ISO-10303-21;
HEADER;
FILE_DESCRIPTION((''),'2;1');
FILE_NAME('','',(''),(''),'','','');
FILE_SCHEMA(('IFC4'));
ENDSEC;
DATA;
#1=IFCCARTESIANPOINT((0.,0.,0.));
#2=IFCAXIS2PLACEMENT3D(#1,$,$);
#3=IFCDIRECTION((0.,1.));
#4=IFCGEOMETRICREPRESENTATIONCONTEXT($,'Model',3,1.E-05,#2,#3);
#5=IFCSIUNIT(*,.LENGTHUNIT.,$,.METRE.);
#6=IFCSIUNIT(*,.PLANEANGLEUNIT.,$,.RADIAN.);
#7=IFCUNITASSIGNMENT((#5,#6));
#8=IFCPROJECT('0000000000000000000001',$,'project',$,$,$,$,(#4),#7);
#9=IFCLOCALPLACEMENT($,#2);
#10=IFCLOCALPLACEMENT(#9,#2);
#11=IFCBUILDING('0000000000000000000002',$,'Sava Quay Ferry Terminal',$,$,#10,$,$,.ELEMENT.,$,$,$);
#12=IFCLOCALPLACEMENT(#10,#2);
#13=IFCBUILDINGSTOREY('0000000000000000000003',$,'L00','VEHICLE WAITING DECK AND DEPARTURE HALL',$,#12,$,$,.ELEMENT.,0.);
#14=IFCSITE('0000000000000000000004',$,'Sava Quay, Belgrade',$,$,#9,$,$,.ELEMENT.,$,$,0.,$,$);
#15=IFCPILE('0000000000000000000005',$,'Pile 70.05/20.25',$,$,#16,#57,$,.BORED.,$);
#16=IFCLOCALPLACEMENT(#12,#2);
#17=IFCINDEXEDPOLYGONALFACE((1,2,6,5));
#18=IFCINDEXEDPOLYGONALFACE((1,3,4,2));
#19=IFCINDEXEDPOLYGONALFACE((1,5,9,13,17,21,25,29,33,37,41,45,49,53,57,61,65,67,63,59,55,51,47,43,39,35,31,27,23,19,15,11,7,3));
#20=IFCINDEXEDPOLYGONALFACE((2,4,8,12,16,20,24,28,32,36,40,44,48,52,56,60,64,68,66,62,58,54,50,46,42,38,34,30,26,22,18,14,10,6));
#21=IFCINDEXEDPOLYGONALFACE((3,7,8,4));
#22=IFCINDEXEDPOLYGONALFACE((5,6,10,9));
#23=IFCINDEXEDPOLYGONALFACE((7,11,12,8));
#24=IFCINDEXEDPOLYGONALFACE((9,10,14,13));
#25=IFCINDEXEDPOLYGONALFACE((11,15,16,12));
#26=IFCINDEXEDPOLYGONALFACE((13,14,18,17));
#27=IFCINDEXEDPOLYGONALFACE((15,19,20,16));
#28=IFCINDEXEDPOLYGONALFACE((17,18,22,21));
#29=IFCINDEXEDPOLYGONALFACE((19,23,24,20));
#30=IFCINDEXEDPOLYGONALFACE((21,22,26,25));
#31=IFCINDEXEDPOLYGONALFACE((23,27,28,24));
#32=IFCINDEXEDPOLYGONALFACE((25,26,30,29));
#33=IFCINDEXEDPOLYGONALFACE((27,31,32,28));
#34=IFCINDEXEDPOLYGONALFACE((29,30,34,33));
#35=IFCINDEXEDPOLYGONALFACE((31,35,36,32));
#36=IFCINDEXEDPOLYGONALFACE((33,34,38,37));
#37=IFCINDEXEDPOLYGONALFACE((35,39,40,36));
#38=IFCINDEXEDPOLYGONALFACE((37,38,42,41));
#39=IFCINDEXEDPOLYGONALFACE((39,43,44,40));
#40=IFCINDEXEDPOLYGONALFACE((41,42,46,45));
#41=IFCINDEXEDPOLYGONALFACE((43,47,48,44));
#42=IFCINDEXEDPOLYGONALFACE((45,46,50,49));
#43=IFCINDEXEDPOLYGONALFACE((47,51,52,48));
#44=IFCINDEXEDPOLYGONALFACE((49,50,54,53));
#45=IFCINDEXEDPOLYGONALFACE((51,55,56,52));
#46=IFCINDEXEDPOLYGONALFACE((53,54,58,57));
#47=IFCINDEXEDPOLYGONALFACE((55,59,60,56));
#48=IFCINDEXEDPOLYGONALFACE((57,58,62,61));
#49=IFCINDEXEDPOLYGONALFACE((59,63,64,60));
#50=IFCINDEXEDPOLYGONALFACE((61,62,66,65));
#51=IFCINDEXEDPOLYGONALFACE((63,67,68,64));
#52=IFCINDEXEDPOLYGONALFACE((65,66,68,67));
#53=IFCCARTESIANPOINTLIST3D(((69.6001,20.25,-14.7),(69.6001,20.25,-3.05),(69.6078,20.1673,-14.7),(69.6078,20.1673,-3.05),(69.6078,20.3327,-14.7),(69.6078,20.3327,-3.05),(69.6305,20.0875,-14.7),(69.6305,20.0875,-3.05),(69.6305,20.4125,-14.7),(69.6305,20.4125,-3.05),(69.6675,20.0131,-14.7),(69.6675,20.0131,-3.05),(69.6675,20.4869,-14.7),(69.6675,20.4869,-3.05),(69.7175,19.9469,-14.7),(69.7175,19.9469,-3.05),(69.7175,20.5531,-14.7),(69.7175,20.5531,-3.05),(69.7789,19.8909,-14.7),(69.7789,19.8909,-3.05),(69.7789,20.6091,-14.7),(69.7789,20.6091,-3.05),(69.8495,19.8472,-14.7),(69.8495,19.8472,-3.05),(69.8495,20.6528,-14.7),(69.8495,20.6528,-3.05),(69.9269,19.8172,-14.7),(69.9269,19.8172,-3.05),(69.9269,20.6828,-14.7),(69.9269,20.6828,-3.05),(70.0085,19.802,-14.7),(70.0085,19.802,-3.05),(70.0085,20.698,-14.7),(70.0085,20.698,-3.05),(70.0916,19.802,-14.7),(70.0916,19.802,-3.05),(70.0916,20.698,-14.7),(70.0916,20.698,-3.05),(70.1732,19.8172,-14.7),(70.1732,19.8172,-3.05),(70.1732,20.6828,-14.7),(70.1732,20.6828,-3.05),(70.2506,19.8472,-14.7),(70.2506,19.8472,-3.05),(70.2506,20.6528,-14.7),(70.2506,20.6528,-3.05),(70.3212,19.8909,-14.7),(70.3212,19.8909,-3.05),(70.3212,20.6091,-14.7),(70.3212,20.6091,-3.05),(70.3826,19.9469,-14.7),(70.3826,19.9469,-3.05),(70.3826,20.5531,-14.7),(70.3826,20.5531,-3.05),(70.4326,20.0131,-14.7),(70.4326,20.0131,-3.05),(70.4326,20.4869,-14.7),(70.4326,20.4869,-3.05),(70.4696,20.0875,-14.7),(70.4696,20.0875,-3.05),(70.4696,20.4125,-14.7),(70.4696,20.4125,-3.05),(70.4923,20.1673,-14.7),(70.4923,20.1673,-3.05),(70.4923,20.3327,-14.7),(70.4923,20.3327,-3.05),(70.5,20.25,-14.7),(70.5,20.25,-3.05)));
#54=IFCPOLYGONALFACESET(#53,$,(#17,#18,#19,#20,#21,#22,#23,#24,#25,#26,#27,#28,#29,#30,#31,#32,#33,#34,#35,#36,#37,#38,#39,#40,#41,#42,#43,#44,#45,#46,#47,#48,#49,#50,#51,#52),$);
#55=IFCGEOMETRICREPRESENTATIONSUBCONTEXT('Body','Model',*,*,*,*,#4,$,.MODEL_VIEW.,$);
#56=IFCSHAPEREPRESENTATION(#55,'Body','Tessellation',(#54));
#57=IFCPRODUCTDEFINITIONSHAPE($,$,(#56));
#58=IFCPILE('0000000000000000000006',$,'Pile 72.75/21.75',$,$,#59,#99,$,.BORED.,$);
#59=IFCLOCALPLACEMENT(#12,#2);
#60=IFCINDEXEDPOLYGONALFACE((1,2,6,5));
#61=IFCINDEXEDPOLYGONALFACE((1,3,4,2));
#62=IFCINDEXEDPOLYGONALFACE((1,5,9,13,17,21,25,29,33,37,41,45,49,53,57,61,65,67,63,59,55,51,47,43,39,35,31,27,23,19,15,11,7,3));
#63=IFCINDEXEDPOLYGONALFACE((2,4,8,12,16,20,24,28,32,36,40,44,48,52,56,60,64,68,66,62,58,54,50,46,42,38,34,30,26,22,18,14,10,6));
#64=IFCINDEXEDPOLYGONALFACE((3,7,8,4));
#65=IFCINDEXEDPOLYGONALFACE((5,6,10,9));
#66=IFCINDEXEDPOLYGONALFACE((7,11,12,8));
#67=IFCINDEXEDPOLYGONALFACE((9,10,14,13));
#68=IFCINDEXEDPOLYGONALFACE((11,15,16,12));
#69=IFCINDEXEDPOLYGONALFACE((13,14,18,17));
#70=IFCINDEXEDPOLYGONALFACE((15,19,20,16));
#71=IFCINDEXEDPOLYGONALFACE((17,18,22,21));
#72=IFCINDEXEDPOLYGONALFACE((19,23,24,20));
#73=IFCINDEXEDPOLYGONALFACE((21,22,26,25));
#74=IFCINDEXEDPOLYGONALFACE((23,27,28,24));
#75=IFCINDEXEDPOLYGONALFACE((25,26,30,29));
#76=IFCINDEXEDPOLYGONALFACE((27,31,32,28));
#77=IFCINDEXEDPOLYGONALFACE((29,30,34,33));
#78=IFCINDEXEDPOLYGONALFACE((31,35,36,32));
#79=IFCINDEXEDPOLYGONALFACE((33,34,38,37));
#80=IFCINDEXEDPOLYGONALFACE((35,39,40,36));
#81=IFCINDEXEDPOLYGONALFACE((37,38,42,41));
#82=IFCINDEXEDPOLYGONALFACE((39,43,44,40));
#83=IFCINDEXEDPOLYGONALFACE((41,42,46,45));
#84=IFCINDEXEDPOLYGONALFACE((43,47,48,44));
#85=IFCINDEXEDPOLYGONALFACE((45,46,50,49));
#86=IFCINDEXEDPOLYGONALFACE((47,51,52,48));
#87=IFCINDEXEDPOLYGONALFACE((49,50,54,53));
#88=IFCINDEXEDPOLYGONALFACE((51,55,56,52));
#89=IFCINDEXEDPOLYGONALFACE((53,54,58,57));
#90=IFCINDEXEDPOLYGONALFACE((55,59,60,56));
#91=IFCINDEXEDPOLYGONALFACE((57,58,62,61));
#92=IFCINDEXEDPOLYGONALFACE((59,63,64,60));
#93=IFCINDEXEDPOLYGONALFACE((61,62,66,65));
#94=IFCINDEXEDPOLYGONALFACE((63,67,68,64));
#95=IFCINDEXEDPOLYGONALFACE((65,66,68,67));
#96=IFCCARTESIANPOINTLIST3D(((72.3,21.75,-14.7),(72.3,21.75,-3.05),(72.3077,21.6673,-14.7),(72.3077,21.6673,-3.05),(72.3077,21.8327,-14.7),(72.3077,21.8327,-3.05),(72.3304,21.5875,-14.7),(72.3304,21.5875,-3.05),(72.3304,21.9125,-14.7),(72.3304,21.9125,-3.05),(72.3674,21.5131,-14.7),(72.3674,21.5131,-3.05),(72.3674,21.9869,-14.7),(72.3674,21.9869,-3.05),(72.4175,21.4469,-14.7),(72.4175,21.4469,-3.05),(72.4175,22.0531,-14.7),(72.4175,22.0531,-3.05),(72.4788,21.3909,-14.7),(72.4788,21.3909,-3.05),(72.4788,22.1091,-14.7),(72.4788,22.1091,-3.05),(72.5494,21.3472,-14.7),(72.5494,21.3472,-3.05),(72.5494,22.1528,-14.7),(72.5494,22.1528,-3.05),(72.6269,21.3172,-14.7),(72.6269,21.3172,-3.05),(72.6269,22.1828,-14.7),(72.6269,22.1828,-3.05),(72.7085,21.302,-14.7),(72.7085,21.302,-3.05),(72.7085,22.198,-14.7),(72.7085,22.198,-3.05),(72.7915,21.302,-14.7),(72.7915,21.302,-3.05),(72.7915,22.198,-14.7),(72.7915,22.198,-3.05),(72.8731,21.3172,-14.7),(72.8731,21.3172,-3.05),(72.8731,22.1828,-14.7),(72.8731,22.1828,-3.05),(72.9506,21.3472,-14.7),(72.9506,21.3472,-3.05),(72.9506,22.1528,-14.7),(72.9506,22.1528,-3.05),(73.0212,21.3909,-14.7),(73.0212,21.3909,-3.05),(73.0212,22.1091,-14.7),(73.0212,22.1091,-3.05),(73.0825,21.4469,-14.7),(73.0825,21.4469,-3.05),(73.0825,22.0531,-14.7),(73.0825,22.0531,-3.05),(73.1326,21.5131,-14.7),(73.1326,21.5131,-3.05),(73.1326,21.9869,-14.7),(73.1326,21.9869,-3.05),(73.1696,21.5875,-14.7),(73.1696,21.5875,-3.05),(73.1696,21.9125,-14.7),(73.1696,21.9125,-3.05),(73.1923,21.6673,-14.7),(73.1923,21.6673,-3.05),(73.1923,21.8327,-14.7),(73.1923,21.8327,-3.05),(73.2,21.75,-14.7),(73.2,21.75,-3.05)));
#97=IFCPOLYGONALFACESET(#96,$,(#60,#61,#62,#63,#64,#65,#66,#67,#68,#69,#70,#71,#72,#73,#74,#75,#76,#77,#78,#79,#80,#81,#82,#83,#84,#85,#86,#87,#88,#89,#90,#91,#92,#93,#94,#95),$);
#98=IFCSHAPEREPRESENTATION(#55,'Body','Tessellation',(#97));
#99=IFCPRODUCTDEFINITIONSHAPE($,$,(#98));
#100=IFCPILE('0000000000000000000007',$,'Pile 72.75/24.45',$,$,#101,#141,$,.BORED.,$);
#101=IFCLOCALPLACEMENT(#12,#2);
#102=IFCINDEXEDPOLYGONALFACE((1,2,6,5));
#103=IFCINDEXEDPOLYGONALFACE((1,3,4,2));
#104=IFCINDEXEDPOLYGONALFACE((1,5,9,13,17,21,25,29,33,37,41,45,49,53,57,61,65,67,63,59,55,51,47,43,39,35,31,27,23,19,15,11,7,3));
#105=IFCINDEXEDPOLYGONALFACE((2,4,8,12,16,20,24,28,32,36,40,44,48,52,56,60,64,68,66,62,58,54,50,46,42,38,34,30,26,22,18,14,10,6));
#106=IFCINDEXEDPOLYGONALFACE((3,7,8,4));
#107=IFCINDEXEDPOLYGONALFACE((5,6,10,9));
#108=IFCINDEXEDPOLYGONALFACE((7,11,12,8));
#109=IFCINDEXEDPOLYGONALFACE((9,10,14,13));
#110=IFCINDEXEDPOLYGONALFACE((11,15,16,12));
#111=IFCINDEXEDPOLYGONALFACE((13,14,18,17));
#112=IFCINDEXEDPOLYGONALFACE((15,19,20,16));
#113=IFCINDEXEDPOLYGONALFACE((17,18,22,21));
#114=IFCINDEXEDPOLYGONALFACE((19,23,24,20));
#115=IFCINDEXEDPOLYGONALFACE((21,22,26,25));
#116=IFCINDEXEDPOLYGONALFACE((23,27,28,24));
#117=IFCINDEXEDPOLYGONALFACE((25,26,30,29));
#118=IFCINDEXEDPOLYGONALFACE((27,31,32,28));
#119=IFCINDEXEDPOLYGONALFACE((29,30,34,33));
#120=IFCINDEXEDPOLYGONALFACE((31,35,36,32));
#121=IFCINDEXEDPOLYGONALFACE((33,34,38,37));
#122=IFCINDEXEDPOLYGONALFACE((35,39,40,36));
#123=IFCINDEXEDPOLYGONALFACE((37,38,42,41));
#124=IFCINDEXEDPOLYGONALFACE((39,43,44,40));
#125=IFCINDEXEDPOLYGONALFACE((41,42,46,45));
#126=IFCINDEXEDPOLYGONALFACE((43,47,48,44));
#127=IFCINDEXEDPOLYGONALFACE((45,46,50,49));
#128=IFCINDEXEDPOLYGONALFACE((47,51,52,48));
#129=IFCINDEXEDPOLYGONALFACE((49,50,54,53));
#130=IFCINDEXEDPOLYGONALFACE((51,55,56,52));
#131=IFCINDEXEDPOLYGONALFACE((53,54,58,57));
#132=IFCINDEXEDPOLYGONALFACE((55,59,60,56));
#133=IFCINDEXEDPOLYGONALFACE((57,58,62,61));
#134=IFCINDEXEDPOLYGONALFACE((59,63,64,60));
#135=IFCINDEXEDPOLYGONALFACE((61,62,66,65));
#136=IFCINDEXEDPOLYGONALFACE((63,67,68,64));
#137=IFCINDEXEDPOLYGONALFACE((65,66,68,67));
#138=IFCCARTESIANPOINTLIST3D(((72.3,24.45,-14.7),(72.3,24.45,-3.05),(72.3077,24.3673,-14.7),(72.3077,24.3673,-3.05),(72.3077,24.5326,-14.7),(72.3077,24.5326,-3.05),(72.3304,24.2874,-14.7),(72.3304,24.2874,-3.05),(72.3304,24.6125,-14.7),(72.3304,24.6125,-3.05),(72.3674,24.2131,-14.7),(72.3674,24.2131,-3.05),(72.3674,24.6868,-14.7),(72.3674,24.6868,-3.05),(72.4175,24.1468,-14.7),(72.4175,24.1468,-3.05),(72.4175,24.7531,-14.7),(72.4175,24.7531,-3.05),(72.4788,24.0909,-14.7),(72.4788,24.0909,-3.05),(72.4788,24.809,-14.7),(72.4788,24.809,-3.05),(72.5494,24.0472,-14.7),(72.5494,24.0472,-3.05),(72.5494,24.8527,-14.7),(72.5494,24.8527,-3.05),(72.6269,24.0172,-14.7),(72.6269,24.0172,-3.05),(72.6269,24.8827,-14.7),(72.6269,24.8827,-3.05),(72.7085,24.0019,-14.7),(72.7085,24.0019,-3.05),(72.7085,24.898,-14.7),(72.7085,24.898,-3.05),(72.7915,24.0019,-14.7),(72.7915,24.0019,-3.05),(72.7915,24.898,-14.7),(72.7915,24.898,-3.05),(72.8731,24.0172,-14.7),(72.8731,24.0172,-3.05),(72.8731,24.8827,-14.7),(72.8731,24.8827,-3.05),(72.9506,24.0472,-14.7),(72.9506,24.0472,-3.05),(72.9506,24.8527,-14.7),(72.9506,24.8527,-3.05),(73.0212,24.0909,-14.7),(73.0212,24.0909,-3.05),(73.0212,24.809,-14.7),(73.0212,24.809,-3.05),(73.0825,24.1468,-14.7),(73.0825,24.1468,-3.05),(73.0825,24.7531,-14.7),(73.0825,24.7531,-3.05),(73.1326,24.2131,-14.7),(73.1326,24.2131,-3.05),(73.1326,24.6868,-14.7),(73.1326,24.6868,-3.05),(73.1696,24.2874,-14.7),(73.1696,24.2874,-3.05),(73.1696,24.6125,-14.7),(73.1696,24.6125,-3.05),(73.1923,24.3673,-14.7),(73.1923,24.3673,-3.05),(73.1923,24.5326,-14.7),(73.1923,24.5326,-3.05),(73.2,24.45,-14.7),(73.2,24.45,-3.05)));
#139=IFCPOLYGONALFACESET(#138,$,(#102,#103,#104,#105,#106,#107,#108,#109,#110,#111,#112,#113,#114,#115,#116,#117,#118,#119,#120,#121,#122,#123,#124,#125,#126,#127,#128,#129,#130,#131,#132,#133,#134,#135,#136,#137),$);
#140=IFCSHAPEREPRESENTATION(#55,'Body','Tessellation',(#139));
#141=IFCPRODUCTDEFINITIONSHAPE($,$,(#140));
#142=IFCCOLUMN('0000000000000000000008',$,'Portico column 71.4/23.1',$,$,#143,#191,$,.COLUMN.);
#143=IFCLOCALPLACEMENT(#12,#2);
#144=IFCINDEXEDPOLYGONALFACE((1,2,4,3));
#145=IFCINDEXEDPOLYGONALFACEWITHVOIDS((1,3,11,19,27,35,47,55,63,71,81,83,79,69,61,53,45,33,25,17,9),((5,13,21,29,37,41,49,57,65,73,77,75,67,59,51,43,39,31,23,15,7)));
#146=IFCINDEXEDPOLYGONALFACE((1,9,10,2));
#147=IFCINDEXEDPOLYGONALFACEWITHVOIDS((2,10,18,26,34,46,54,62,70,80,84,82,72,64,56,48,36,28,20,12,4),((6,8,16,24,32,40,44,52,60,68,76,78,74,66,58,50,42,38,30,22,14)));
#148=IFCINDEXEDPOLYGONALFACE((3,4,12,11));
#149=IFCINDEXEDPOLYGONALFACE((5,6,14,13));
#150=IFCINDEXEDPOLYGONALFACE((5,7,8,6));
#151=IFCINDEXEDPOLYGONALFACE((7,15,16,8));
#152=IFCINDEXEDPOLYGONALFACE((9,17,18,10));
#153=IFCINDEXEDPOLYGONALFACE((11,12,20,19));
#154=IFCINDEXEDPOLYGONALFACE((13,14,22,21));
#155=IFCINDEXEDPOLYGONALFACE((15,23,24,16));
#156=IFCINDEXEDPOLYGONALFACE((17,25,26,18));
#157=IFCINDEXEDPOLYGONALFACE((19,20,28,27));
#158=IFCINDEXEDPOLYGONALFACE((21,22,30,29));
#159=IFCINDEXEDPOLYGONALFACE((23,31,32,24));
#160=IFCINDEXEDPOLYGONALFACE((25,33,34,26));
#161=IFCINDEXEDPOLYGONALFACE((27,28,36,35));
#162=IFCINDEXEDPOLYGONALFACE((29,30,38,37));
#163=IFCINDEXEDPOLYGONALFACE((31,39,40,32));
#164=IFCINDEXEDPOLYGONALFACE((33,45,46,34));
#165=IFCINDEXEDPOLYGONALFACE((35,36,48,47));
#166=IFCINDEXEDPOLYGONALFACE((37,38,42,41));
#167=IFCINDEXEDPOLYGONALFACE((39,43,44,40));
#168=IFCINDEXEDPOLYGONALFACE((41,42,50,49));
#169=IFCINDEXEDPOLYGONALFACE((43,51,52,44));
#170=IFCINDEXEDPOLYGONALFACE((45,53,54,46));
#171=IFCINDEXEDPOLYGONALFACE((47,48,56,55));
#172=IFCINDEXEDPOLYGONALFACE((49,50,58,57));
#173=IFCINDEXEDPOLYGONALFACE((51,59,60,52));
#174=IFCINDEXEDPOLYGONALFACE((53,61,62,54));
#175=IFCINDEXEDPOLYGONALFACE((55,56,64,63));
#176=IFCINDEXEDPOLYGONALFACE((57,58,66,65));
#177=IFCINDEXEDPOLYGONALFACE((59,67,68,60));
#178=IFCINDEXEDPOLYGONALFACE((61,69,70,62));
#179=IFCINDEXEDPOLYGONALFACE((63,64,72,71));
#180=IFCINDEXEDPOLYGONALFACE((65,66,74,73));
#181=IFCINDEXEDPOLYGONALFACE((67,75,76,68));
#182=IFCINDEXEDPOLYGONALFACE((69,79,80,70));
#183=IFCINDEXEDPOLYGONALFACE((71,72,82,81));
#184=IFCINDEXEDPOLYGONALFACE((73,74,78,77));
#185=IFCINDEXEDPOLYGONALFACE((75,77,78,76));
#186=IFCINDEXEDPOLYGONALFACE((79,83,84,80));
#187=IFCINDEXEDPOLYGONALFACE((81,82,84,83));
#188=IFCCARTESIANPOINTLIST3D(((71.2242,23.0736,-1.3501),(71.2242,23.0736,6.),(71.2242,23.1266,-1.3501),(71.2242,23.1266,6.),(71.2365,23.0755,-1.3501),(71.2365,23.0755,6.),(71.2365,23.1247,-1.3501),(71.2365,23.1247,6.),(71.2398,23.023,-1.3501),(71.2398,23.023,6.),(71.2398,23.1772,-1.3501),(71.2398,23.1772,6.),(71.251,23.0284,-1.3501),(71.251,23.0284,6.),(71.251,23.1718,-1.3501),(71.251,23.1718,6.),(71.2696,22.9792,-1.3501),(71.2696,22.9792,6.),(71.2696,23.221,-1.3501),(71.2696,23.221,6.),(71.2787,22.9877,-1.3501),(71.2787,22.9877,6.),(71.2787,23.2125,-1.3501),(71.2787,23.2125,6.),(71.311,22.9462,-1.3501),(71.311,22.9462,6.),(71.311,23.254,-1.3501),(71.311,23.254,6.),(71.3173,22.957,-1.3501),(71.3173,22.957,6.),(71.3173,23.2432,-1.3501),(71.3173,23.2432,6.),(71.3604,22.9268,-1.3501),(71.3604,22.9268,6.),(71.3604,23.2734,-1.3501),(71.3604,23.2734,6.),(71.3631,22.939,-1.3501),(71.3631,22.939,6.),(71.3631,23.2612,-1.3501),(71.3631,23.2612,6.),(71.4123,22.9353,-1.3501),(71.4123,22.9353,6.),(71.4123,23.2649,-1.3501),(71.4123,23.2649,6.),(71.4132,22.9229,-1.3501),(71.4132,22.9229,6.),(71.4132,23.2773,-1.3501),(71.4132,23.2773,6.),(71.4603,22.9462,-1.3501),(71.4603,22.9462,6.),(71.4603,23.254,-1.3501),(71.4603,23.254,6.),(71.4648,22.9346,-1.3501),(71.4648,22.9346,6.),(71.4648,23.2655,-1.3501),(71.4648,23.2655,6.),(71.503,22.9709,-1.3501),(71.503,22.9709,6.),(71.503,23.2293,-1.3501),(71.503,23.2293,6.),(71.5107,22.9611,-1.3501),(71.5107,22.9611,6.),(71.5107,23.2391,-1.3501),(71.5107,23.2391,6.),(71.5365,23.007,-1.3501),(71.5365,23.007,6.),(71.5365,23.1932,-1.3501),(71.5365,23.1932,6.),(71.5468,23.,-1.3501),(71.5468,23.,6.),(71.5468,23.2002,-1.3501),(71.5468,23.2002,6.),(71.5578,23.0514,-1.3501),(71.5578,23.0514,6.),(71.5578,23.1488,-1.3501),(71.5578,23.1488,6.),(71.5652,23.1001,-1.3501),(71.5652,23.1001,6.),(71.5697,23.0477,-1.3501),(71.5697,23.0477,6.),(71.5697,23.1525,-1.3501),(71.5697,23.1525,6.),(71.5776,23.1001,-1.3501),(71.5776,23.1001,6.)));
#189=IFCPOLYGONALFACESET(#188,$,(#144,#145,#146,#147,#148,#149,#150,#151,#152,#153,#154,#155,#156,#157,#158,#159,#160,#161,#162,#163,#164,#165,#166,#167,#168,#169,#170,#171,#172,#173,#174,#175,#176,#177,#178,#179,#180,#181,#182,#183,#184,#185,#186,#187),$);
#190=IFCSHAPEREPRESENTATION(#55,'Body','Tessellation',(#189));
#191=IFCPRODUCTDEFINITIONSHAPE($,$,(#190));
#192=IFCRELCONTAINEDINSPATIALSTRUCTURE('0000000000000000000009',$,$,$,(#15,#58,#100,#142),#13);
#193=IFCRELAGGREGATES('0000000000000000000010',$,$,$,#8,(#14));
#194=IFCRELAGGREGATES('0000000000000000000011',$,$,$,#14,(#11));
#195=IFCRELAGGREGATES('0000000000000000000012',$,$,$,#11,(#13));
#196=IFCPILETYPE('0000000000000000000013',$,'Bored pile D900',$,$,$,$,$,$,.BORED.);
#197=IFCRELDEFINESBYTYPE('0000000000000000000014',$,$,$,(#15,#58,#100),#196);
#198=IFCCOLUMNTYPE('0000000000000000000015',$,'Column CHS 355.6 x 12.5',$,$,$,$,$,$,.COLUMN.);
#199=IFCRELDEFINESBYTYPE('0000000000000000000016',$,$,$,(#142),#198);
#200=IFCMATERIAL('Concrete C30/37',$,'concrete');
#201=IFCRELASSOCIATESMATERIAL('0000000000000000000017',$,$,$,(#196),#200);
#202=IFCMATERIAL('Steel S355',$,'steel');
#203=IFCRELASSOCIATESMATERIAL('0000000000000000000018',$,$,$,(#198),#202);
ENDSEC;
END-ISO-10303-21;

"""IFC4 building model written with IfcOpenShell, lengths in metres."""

from ifc_helpers import new_model, si_unit, direction, frame, origin, origin_2d, place, context, subcontext, project, spatial, circle, hollow_circle, extrude, material, material_profile, profile_set, type_object, element, save


model = new_model("IFC4")

# Units and contexts
model_context = context("Model", 3, precision=1e-05, world=origin(), true_north=direction((0.0, 1.0)))
body_context = subcontext(model_context, "Body", "Model", "MODEL_VIEW")
ifc_project = project(units=[si_unit("LENGTHUNIT", "METRE"), si_unit("PLANEANGLEUNIT", "RADIAN")], contexts=[model_context])

# Site, building, storey
site_placement = place(None, origin())
site = spatial("IfcSite", under=ifc_project, at=site_placement, Name="Sava Quay, Belgrade", CompositionType="ELEMENT", RefElevation=0.0)
building_placement = place(site_placement, origin())
building = spatial("IfcBuilding", under=site, at=building_placement, Name="Sava Quay Ferry Terminal", CompositionType="ELEMENT")
storey_placement = place(building_placement, origin())
storey = spatial("IfcBuildingStorey", under=building, at=storey_placement, Name="L00", Description="VEHICLE WAITING DECK AND DEPARTURE HALL", CompositionType="ELEMENT", Elevation=0.0)

# Piles
ifc_material_1 = material(Name="Concrete C30/37", Category="concrete")
ifc_material_profile_1 = material_profile(ifc_material_1, circle(Radius=0.45, at=origin_2d()), Name="Bored pile D900")
ifc_profile_set_1 = profile_set([ifc_material_profile_1], Name="Concrete C30/37")
pile_type = type_object("IfcPileType", Name="Bored pile D900", PredefinedType="BORED", material=ifc_profile_set_1)
for number, where, z_axis, x_axis, name in (
    (1, (70.05, 20.25, -3.05), (0.0, 0.0, -1.0), (1.0, 0.0, 0.0), "Pile 70.05/20.25"),
    (2, (72.75, 21.75, -3.05), (0.0, 0.0, -1.0), (1.0, 0.0, 0.0), "Pile 72.75/21.75"),
    (3, (72.75, 24.45, -3.05), (0.0, 0.0, -1.0), (1.0, 0.0, 0.0), "Pile 72.75/24.45"),
):
    element("IfcPile", number, at=place(storey_placement, frame(where, z_axis=z_axis, x_axis=x_axis)), inside=storey, type_object=pile_type, Name=name, PredefinedType="BORED", context=body_context, shape_type="SweptSolid", body=[
        extrude(circle(Radius=0.45, at=origin_2d()), origin(), (0.0, 0.0, 1.0), 11.6499),
    ])

# Column
ifc_material_2 = material(Name="Steel S355", Category="steel")
ifc_material_profile_2 = material_profile(ifc_material_2, hollow_circle(Radius=0.1777, WallThickness=0.0125, at=origin_2d()), Name="CHS 355.6 x 12.5")
ifc_profile_set_2 = profile_set([ifc_material_profile_2], Name="Steel S355")
column_type = type_object("IfcColumnType", Name="Column CHS 355.6 x 12.5", PredefinedType="COLUMN", material=ifc_profile_set_2)
column_placement = place(storey_placement, frame((71.3999, 23.1001, -1.3501), z_axis=(0.0, 0.0, 1.0), x_axis=(1.0, 0.0, 0.0)))
element("IfcColumn", 4, at=column_placement, inside=storey, type_object=column_type, Name="Portico column 71.4/23.1", PredefinedType="COLUMN", context=body_context, shape_type="SweptSolid", body=[
    extrude(hollow_circle(Radius=0.1777, WallThickness=0.0125, at=origin_2d()), origin(), (0.0, 0.0, 1.0), 7.3501),
])

save(model, "model.ifc")
